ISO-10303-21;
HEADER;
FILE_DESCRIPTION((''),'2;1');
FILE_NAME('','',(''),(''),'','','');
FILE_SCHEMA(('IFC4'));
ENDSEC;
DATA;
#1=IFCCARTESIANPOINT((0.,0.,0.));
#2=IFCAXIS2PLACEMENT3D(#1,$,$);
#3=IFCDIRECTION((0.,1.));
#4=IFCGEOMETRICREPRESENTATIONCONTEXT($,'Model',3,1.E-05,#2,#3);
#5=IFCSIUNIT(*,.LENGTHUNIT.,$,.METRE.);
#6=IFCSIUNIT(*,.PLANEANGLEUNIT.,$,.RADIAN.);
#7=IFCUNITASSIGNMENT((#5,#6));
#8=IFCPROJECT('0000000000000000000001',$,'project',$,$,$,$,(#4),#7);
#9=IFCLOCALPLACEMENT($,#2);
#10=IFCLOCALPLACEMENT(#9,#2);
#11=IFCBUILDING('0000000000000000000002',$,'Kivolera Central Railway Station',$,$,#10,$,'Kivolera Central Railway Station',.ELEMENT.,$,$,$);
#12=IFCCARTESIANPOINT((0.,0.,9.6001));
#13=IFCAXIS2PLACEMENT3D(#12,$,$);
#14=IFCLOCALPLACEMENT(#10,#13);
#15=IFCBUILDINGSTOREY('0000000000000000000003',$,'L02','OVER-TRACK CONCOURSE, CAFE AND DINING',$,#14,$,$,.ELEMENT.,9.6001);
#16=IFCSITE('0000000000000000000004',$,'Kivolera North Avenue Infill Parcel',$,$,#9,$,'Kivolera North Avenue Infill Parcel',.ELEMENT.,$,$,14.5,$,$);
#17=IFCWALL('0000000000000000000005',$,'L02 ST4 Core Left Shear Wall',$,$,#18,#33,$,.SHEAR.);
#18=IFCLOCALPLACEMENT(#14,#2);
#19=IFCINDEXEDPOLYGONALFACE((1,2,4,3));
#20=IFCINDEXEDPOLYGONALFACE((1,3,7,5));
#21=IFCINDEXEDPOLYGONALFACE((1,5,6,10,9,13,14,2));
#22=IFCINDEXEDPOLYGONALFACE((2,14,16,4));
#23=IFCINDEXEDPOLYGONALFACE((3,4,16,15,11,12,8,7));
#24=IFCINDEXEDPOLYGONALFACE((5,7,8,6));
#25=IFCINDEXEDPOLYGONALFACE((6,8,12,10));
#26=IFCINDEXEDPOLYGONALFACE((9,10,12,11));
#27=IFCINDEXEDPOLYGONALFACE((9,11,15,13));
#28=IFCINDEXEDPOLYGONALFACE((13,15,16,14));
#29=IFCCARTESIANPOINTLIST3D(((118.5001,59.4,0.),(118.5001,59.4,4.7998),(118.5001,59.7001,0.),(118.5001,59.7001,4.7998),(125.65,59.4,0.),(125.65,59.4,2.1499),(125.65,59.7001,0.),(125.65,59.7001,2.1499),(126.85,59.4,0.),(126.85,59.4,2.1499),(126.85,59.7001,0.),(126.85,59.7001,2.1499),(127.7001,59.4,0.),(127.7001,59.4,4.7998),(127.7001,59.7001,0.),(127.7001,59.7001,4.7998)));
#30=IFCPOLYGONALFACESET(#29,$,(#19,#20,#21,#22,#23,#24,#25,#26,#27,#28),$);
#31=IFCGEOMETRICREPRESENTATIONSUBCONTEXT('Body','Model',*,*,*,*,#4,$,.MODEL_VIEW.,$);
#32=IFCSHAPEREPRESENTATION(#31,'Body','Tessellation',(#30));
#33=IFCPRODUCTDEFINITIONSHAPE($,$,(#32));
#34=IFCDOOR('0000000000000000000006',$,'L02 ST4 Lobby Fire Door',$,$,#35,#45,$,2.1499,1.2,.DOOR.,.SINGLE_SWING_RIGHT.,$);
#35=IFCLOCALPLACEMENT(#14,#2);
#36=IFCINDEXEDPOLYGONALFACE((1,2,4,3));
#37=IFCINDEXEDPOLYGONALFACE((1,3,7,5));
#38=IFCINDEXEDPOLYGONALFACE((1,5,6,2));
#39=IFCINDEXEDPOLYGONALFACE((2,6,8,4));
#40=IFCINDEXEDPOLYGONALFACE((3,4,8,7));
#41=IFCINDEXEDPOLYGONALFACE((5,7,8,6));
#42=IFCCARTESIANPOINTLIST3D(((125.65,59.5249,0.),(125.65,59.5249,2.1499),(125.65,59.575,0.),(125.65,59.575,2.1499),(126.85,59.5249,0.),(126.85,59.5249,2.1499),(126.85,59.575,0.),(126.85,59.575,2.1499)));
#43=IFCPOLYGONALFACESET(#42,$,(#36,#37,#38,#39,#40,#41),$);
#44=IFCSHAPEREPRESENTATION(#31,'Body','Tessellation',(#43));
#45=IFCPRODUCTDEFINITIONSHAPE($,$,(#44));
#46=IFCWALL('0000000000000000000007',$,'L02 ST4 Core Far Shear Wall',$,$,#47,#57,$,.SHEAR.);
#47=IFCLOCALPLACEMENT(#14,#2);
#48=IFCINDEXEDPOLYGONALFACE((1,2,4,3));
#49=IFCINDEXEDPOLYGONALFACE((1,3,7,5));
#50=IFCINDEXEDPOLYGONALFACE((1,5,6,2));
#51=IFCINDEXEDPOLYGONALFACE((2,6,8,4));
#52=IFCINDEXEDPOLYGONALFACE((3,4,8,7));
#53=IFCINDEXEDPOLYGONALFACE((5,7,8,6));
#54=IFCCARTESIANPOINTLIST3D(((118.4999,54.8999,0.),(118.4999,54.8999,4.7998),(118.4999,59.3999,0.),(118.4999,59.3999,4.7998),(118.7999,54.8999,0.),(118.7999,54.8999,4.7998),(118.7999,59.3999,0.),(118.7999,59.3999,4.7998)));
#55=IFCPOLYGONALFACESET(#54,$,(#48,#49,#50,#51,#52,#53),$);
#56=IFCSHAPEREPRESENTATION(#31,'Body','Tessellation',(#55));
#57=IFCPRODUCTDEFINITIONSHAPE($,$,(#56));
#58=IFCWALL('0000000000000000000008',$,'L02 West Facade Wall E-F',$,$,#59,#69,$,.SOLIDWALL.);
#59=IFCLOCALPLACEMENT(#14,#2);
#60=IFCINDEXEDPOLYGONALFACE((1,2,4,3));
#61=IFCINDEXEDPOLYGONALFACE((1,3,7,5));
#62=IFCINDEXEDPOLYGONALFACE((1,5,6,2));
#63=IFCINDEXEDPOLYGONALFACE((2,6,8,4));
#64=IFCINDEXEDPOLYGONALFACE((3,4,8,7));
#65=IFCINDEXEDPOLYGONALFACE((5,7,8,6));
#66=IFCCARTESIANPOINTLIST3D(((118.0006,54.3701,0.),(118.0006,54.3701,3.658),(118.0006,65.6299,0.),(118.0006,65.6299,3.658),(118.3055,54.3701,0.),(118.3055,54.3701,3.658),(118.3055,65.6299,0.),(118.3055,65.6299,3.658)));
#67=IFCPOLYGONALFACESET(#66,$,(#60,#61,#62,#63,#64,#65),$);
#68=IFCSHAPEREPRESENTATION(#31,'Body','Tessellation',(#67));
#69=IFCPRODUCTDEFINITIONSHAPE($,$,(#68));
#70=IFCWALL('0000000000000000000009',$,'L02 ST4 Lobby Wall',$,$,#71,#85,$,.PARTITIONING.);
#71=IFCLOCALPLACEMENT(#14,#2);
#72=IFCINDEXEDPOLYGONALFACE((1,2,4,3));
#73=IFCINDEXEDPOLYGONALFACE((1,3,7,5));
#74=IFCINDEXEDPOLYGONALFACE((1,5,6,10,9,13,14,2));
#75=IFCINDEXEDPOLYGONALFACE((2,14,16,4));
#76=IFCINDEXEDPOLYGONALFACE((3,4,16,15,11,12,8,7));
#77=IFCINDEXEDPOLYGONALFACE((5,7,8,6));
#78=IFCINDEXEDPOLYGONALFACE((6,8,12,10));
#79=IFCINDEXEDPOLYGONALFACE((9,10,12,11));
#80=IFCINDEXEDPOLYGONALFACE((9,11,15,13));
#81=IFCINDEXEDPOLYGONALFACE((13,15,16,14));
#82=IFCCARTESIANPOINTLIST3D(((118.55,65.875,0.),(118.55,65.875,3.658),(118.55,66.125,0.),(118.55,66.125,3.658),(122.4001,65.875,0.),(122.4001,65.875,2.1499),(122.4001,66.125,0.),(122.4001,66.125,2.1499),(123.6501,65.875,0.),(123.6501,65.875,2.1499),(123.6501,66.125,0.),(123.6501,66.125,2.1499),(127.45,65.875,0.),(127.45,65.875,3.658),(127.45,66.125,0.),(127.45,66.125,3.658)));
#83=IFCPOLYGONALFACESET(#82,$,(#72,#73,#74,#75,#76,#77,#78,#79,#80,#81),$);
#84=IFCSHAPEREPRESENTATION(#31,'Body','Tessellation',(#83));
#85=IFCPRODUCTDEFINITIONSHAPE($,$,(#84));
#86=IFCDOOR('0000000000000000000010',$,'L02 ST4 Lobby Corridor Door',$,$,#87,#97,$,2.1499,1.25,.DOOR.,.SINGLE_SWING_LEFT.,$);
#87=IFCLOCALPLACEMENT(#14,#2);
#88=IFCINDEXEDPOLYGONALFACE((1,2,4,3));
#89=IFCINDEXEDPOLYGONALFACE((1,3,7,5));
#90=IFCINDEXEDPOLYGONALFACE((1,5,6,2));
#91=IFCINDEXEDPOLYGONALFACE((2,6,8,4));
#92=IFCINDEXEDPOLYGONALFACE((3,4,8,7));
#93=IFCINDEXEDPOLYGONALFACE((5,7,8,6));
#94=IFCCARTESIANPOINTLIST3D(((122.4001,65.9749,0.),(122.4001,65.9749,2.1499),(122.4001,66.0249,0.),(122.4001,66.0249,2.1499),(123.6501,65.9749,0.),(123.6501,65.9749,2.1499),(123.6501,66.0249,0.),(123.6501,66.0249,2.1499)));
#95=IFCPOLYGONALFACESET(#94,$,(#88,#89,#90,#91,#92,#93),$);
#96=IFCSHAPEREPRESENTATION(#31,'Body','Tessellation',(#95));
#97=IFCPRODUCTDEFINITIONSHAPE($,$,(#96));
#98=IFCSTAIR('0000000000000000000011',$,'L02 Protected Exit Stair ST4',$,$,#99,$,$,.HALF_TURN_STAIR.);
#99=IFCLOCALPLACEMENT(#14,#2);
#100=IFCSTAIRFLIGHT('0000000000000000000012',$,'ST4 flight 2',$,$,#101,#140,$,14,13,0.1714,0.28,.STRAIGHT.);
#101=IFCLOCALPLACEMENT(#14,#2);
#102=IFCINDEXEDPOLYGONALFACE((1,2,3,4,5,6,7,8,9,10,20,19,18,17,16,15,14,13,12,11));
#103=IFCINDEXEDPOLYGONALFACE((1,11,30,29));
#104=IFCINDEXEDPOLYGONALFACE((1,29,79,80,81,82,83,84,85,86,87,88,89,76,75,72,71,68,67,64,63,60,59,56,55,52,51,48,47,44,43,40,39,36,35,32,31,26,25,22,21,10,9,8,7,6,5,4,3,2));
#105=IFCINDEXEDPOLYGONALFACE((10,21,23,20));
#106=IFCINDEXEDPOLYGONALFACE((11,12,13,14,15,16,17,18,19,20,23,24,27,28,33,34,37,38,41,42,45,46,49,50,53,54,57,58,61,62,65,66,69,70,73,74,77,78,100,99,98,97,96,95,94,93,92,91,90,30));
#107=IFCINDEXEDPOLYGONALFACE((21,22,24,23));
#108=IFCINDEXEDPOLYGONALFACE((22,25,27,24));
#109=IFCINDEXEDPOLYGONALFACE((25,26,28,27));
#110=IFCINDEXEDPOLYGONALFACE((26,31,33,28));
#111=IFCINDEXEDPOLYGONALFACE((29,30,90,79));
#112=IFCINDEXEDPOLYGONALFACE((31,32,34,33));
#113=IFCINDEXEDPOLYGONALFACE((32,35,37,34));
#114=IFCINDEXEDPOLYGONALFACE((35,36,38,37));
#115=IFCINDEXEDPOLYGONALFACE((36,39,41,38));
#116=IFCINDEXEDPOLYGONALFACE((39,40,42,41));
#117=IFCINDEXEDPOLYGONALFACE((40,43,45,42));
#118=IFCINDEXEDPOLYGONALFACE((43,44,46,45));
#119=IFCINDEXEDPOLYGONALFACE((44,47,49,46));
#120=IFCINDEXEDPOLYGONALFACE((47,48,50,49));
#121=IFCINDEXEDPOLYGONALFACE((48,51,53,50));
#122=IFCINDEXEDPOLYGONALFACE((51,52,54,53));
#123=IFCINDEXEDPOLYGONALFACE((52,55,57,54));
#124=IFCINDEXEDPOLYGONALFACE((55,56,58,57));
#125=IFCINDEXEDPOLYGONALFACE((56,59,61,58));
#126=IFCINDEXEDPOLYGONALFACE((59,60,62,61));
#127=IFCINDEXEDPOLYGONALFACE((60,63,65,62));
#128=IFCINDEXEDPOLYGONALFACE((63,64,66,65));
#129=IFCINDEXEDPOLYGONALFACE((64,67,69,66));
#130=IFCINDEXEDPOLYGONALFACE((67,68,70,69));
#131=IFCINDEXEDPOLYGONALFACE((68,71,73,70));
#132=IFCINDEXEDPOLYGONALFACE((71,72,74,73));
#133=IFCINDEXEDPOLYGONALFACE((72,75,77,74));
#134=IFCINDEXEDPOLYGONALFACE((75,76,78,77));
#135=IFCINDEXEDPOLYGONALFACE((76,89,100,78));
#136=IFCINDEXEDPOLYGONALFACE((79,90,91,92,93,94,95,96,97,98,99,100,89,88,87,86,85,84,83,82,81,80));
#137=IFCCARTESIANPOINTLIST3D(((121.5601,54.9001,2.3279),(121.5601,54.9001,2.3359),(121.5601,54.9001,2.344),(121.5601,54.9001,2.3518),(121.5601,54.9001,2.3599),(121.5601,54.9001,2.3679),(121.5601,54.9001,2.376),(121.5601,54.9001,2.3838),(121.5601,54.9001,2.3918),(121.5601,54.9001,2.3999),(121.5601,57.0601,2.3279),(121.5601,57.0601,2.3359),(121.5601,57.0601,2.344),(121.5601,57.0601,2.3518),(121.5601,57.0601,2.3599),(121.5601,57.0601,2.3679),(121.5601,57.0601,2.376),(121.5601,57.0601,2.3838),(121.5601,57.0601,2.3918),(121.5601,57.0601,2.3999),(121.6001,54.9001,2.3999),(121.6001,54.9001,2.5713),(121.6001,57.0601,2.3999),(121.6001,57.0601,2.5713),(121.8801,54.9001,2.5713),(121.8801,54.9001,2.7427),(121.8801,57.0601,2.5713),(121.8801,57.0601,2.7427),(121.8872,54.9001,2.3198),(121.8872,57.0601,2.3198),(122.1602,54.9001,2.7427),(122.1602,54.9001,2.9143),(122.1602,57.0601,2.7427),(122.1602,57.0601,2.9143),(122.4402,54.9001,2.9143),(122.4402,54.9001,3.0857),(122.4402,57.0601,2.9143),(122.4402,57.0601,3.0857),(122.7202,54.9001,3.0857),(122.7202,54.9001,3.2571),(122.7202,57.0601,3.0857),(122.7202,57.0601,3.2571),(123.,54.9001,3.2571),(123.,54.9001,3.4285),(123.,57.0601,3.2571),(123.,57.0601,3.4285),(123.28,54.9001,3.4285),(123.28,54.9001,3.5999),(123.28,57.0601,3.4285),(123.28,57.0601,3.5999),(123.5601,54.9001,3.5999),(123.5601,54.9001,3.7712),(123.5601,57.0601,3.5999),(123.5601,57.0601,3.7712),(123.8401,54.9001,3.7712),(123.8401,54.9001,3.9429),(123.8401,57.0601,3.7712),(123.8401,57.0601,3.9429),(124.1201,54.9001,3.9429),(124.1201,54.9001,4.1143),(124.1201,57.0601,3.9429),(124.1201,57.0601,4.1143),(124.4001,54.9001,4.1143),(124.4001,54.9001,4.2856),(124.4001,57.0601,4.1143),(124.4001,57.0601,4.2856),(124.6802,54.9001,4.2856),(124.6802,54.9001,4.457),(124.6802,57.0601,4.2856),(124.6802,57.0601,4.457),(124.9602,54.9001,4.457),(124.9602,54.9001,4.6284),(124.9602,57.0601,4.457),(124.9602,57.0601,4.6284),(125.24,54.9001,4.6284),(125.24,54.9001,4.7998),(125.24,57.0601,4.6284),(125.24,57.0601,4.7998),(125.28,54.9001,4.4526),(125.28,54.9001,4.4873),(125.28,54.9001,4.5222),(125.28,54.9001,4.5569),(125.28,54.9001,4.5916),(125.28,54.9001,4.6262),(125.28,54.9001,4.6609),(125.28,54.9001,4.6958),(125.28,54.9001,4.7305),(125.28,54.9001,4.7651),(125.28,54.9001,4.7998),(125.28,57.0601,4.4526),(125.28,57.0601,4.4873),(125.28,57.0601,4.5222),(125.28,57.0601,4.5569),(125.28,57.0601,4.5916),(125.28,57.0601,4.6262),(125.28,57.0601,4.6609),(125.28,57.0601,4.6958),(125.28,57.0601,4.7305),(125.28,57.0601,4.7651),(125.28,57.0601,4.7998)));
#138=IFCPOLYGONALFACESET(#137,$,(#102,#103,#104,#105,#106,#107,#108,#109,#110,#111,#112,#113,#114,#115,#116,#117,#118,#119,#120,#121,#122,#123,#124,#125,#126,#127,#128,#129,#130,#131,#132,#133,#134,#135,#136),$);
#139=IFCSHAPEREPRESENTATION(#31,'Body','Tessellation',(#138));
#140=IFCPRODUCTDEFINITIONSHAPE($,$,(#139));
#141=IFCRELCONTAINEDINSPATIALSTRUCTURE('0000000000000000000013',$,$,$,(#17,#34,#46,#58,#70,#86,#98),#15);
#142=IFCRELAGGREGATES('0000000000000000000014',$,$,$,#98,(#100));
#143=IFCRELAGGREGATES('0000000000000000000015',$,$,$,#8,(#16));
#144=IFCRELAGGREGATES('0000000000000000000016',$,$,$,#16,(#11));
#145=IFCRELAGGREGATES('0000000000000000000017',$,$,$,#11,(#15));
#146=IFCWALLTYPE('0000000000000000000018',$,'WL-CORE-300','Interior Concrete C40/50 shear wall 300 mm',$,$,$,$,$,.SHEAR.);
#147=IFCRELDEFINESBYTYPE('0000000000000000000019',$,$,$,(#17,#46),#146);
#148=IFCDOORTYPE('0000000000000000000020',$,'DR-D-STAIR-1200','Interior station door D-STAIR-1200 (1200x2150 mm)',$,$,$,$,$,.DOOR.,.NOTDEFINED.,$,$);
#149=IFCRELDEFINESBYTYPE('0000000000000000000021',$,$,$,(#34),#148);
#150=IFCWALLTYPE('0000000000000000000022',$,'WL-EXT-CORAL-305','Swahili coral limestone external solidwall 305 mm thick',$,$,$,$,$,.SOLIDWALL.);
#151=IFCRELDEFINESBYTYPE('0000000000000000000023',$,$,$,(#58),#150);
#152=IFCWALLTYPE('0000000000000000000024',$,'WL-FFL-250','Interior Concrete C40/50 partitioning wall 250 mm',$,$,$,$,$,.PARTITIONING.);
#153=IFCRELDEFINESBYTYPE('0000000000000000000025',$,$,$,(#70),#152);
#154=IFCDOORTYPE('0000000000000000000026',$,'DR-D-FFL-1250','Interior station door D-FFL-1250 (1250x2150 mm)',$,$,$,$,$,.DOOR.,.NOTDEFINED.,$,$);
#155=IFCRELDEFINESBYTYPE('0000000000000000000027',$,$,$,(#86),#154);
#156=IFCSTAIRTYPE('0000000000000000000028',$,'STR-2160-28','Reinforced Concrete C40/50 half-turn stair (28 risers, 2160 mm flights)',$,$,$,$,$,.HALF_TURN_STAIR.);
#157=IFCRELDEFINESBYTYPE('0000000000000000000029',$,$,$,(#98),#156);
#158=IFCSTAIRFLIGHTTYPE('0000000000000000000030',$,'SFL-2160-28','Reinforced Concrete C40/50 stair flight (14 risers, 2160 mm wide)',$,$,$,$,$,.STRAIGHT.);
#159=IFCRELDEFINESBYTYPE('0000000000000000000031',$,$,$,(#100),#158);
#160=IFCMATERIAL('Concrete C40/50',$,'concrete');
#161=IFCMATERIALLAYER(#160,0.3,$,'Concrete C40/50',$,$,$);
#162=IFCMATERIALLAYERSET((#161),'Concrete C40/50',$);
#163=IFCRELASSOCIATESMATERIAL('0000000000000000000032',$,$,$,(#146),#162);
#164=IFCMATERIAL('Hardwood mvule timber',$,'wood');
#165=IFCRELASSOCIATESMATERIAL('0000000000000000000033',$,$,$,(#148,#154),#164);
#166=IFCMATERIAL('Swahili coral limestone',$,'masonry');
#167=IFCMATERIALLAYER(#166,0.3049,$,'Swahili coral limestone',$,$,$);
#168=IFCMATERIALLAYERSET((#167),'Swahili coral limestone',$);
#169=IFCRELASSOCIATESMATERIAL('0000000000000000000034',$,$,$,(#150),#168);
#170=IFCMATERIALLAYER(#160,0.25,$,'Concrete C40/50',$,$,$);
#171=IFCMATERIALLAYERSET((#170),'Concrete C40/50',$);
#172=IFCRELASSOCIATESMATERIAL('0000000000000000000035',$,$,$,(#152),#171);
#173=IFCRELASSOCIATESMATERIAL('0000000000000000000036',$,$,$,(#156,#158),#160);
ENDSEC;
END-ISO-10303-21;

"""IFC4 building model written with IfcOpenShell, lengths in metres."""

from ifc_helpers import new_model, si_unit, direction, frame, frame_2d, origin, place, context, subcontext, project, spatial, polyline, rectangle, outline, extrude, material, layer, layer_set, type_object, element, fill, aggregate, save


model = new_model("IFC4")

# Units and contexts
model_context = context("Model", 3, precision=1e-05, world=origin(), true_north=direction((0.0, 1.0)))
body_context = subcontext(model_context, "Body", "Model", "MODEL_VIEW")
ifc_project = project(units=[si_unit("LENGTHUNIT", "METRE"), si_unit("PLANEANGLEUNIT", "RADIAN")], contexts=[model_context])

# Site, building, storey
site_placement = place(None, origin())
site = spatial("IfcSite", under=ifc_project, at=site_placement, Name="Kivolera North Avenue Infill Parcel", LongName="Kivolera North Avenue Infill Parcel", CompositionType="ELEMENT", RefElevation=14.5)
building_placement = place(site_placement, origin())
building = spatial("IfcBuilding", under=site, at=building_placement, Name="Kivolera Central Railway Station", LongName="Kivolera Central Railway Station", CompositionType="ELEMENT")
storey_placement = place(building_placement, frame((0.0, 0.0, 9.6001)))
storey = spatial("IfcBuildingStorey", under=building, at=storey_placement, Name="L02", Description="OVER-TRACK CONCOURSE, CAFE AND DINING", CompositionType="ELEMENT", Elevation=9.6001)

# Shared definitions
ifc_material_1 = material(Name="Concrete C40/50", Category="concrete")

# Wall, opening, door
ifc_layer_1 = layer(ifc_material_1, 0.3, Name="Concrete C40/50")
ifc_layer_set_1 = layer_set([ifc_layer_1], Name="Concrete C40/50")
wall_type_1 = type_object("IfcWallType", Name="WL-CORE-300", Description="Interior Concrete C40/50 shear wall 300 mm", PredefinedType="SHEAR", material=ifc_layer_set_1)
wall_1_placement = place(storey_placement, frame((118.5, 59.55, 0.0), z_axis=(0.0, 0.0, 1.0), x_axis=(1.0, 0.0, 0.0)))
wall_1 = element("IfcWall", 1, at=wall_1_placement, inside=storey, type_object=wall_type_1, Name="L02 ST4 Core Left Shear Wall", PredefinedType="SHEAR", context=body_context, shape_type="SweptSolid", body=[
    extrude(rectangle(XDim=9.2, YDim=0.3, at=frame_2d((4.6001, 0.0))), origin(), (0.0, 0.0, 1.0), 4.7998),
])
opening_1_placement = place(wall_1_placement, frame((7.1499, 0.0, 0.0)))
opening_1 = element("IfcOpeningElement", 2, at=opening_1_placement, cuts=wall_1, PredefinedType="OPENING", context=body_context, shape_type="SweptSolid", body=[
    extrude(rectangle(XDim=1.2, YDim=2.1499, at=frame_2d((0.6001, 1.075))), frame((0.0, 0.1599, 0.0), z_axis=(0.0, -1.0, 0.0), x_axis=(1.0, 0.0, 0.0)), (0.0, 0.0, 1.0), 0.3201),
])
ifc_material_2 = material(Name="Hardwood mvule timber", Category="wood")
door_type_1 = type_object("IfcDoorType", Name="DR-D-STAIR-1200", Description="Interior station door D-STAIR-1200 (1200x2150 mm)", OperationType="NOTDEFINED", PredefinedType="DOOR", material=ifc_material_2)
door_1_placement = place(opening_1_placement, origin())
door_1 = element("IfcDoor", 3, at=door_1_placement, inside=storey, type_object=door_type_1, Name="L02 ST4 Lobby Fire Door", OperationType="SINGLE_SWING_RIGHT", OverallHeight=2.1499, OverallWidth=1.2, PredefinedType="DOOR", context=body_context, shape_type="SweptSolid", body=[
    extrude(rectangle(XDim=1.2, YDim=2.1499, at=frame_2d((0.6001, 1.075))), frame((0.0, 0.0249, 0.0), z_axis=(0.0, -1.0, 0.0), x_axis=(1.0, 0.0, 0.0)), (0.0, 0.0, 1.0), 0.05),
])
fill(opening_1, door_1)

# Walls
wall_2_placement = place(storey_placement, frame((118.6499, 54.8999, 0.0), z_axis=(0.0, 0.0, 1.0), x_axis=(0.0, 1.0, 0.0)))
element("IfcWall", 4, at=wall_2_placement, inside=storey, type_object=wall_type_1, Name="L02 ST4 Core Far Shear Wall", PredefinedType="SHEAR", context=body_context, shape_type="SweptSolid", body=[
    extrude(rectangle(XDim=4.5, YDim=0.3, at=frame_2d((2.25, 0.0))), origin(), (0.0, 0.0, 1.0), 4.7998),
])
ifc_material_3 = material(Name="Swahili coral limestone", Category="masonry")
ifc_layer_2 = layer(ifc_material_3, 0.3049, Name="Swahili coral limestone")
ifc_layer_set_2 = layer_set([ifc_layer_2], Name="Swahili coral limestone")
wall_type_2 = type_object("IfcWallType", Name="WL-EXT-CORAL-305", Description="Swahili coral limestone external solidwall 305 mm thick", PredefinedType="SOLIDWALL", material=ifc_layer_set_2)
wall_3_placement = place(storey_placement, frame((118.1531, 54.3701, 0.0), z_axis=(0.0, 0.0, 1.0), x_axis=(0.0, 1.0, 0.0)))
element("IfcWall", 5, at=wall_3_placement, inside=storey, type_object=wall_type_2, Name="L02 West Facade Wall E-F", PredefinedType="SOLIDWALL", context=body_context, shape_type="SweptSolid", body=[
    extrude(rectangle(XDim=11.2598, YDim=0.3049, at=frame_2d((5.6299, 0.0))), origin(), (0.0, 0.0, 1.0), 3.658),
])

# Wall, opening, door
ifc_layer_3 = layer(ifc_material_1, 0.25, Name="Concrete C40/50")
ifc_layer_set_3 = layer_set([ifc_layer_3], Name="Concrete C40/50")
wall_type_3 = type_object("IfcWallType", Name="WL-FFL-250", Description="Interior Concrete C40/50 partitioning wall 250 mm", PredefinedType="PARTITIONING", material=ifc_layer_set_3)
wall_4_placement = place(storey_placement, frame((118.55, 66.0, 0.0), z_axis=(0.0, 0.0, 1.0), x_axis=(1.0, 0.0, 0.0)))
wall_4 = element("IfcWall", 6, at=wall_4_placement, inside=storey, type_object=wall_type_3, Name="L02 ST4 Lobby Wall", PredefinedType="PARTITIONING", context=body_context, shape_type="SweptSolid", body=[
    extrude(rectangle(XDim=8.8999, YDim=0.25, at=frame_2d((4.45, 0.0))), origin(), (0.0, 0.0, 1.0), 3.658),
])
opening_2_placement = place(wall_4_placement, frame((3.8501, 0.0, 0.0)))
opening_2 = element("IfcOpeningElement", 7, at=opening_2_placement, cuts=wall_4, PredefinedType="OPENING", context=body_context, shape_type="SweptSolid", body=[
    extrude(rectangle(XDim=1.25, YDim=2.1499, at=frame_2d((0.625, 1.075))), frame((0.0, 0.135, 0.0), z_axis=(0.0, -1.0, 0.0), x_axis=(1.0, 0.0, 0.0)), (0.0, 0.0, 1.0), 0.27),
])
door_type_2 = type_object("IfcDoorType", Name="DR-D-FFL-1250", Description="Interior station door D-FFL-1250 (1250x2150 mm)", OperationType="NOTDEFINED", PredefinedType="DOOR", material=ifc_material_2)
door_2_placement = place(opening_2_placement, origin())
door_2 = element("IfcDoor", 8, at=door_2_placement, inside=storey, type_object=door_type_2, Name="L02 ST4 Lobby Corridor Door", OperationType="SINGLE_SWING_LEFT", OverallHeight=2.1499, OverallWidth=1.25, PredefinedType="DOOR", context=body_context, shape_type="SweptSolid", body=[
    extrude(rectangle(XDim=1.25, YDim=2.1499, at=frame_2d((0.625, 1.075))), frame((0.0, 0.0249, 0.0), z_axis=(0.0, -1.0, 0.0), x_axis=(1.0, 0.0, 0.0)), (0.0, 0.0, 1.0), 0.05),
])
fill(opening_2, door_2)

# Stair, stair flight
stair_type = type_object("IfcStairType", Name="STR-2160-28", Description="Reinforced Concrete C40/50 half-turn stair (28 risers, 2160 mm flights)", PredefinedType="HALF_TURN_STAIR", material=ifc_material_1)
stair_placement = place(storey_placement, origin())
stair = element("IfcStair", 9, at=stair_placement, inside=storey, type_object=stair_type, Name="L02 Protected Exit Stair ST4", PredefinedType="HALF_TURN_STAIR")
stair_flight_type = type_object("IfcStairFlightType", Name="SFL-2160-28", Description="Reinforced Concrete C40/50 stair flight (14 risers, 2160 mm wide)", PredefinedType="STRAIGHT", material=ifc_material_1)
stair_flight_placement = place(storey_placement, frame((121.6001, 55.98, 2.3999), z_axis=(0.0, 0.0, 1.0), x_axis=(1.0, 0.0, 0.0)))
stair_flight = element("IfcStairFlight", 10, at=stair_flight_placement, type_object=stair_flight_type, Name="ST4 flight 2", NumberOfRisers=14, NumberOfTreads=13, PredefinedType="STRAIGHT", RiserHeight=0.1714, TreadLength=0.28, context=body_context, shape_type="SweptSolid", body=[
    extrude(outline(polyline([(-0.04, 0.0), (0.0, 0.0), (0.0, 0.1714), (0.28, 0.1714), (0.28, 0.3428), (0.5601, 0.3428), (0.5601, 0.5144), (0.8401, 0.5144), (0.8401, 0.6858), (1.1201, 0.6858), (1.1201, 0.8572), (1.3999, 0.8572), (1.3999, 1.0286), (1.6799, 1.0286), (1.6799, 1.2), (1.96, 1.2), (1.96, 1.3713), (2.24, 1.3713), (2.24, 1.543), (2.52, 1.543), (2.52, 1.7144), (2.8, 1.7144), (2.8, 1.8857), (3.0801, 1.8857), (3.0801, 2.0571), (3.3601, 2.0571), (3.3601, 2.2285), (3.6399, 2.2285), (3.6399, 2.3999), (3.6799, 2.3999), (3.6799, 2.3652), (3.6799, 2.3306), (3.6799, 2.2959), (3.6799, 2.261), (3.6799, 2.2263), (3.6799, 2.1917), (3.6799, 2.157), (3.6799, 2.1223), (3.6799, 2.0874), (3.6799, 2.0527), (0.2871, -0.0801), (-0.04, -0.072), (-0.04, -0.064), (-0.04, -0.0559), (-0.04, -0.0481), (-0.04, -0.04), (-0.04, -0.032), (-0.04, -0.0239), (-0.04, -0.0161), (-0.04, -0.0081), (-0.04, 0.0)])), frame((0.0, 1.0801, 0.0), z_axis=(0.0, -1.0, 0.0), x_axis=(1.0, 0.0, 0.0)), (0.0, 0.0, 1.0), 2.1599),
])
aggregate(stair, [stair_flight])

save(model, "model.ifc")
